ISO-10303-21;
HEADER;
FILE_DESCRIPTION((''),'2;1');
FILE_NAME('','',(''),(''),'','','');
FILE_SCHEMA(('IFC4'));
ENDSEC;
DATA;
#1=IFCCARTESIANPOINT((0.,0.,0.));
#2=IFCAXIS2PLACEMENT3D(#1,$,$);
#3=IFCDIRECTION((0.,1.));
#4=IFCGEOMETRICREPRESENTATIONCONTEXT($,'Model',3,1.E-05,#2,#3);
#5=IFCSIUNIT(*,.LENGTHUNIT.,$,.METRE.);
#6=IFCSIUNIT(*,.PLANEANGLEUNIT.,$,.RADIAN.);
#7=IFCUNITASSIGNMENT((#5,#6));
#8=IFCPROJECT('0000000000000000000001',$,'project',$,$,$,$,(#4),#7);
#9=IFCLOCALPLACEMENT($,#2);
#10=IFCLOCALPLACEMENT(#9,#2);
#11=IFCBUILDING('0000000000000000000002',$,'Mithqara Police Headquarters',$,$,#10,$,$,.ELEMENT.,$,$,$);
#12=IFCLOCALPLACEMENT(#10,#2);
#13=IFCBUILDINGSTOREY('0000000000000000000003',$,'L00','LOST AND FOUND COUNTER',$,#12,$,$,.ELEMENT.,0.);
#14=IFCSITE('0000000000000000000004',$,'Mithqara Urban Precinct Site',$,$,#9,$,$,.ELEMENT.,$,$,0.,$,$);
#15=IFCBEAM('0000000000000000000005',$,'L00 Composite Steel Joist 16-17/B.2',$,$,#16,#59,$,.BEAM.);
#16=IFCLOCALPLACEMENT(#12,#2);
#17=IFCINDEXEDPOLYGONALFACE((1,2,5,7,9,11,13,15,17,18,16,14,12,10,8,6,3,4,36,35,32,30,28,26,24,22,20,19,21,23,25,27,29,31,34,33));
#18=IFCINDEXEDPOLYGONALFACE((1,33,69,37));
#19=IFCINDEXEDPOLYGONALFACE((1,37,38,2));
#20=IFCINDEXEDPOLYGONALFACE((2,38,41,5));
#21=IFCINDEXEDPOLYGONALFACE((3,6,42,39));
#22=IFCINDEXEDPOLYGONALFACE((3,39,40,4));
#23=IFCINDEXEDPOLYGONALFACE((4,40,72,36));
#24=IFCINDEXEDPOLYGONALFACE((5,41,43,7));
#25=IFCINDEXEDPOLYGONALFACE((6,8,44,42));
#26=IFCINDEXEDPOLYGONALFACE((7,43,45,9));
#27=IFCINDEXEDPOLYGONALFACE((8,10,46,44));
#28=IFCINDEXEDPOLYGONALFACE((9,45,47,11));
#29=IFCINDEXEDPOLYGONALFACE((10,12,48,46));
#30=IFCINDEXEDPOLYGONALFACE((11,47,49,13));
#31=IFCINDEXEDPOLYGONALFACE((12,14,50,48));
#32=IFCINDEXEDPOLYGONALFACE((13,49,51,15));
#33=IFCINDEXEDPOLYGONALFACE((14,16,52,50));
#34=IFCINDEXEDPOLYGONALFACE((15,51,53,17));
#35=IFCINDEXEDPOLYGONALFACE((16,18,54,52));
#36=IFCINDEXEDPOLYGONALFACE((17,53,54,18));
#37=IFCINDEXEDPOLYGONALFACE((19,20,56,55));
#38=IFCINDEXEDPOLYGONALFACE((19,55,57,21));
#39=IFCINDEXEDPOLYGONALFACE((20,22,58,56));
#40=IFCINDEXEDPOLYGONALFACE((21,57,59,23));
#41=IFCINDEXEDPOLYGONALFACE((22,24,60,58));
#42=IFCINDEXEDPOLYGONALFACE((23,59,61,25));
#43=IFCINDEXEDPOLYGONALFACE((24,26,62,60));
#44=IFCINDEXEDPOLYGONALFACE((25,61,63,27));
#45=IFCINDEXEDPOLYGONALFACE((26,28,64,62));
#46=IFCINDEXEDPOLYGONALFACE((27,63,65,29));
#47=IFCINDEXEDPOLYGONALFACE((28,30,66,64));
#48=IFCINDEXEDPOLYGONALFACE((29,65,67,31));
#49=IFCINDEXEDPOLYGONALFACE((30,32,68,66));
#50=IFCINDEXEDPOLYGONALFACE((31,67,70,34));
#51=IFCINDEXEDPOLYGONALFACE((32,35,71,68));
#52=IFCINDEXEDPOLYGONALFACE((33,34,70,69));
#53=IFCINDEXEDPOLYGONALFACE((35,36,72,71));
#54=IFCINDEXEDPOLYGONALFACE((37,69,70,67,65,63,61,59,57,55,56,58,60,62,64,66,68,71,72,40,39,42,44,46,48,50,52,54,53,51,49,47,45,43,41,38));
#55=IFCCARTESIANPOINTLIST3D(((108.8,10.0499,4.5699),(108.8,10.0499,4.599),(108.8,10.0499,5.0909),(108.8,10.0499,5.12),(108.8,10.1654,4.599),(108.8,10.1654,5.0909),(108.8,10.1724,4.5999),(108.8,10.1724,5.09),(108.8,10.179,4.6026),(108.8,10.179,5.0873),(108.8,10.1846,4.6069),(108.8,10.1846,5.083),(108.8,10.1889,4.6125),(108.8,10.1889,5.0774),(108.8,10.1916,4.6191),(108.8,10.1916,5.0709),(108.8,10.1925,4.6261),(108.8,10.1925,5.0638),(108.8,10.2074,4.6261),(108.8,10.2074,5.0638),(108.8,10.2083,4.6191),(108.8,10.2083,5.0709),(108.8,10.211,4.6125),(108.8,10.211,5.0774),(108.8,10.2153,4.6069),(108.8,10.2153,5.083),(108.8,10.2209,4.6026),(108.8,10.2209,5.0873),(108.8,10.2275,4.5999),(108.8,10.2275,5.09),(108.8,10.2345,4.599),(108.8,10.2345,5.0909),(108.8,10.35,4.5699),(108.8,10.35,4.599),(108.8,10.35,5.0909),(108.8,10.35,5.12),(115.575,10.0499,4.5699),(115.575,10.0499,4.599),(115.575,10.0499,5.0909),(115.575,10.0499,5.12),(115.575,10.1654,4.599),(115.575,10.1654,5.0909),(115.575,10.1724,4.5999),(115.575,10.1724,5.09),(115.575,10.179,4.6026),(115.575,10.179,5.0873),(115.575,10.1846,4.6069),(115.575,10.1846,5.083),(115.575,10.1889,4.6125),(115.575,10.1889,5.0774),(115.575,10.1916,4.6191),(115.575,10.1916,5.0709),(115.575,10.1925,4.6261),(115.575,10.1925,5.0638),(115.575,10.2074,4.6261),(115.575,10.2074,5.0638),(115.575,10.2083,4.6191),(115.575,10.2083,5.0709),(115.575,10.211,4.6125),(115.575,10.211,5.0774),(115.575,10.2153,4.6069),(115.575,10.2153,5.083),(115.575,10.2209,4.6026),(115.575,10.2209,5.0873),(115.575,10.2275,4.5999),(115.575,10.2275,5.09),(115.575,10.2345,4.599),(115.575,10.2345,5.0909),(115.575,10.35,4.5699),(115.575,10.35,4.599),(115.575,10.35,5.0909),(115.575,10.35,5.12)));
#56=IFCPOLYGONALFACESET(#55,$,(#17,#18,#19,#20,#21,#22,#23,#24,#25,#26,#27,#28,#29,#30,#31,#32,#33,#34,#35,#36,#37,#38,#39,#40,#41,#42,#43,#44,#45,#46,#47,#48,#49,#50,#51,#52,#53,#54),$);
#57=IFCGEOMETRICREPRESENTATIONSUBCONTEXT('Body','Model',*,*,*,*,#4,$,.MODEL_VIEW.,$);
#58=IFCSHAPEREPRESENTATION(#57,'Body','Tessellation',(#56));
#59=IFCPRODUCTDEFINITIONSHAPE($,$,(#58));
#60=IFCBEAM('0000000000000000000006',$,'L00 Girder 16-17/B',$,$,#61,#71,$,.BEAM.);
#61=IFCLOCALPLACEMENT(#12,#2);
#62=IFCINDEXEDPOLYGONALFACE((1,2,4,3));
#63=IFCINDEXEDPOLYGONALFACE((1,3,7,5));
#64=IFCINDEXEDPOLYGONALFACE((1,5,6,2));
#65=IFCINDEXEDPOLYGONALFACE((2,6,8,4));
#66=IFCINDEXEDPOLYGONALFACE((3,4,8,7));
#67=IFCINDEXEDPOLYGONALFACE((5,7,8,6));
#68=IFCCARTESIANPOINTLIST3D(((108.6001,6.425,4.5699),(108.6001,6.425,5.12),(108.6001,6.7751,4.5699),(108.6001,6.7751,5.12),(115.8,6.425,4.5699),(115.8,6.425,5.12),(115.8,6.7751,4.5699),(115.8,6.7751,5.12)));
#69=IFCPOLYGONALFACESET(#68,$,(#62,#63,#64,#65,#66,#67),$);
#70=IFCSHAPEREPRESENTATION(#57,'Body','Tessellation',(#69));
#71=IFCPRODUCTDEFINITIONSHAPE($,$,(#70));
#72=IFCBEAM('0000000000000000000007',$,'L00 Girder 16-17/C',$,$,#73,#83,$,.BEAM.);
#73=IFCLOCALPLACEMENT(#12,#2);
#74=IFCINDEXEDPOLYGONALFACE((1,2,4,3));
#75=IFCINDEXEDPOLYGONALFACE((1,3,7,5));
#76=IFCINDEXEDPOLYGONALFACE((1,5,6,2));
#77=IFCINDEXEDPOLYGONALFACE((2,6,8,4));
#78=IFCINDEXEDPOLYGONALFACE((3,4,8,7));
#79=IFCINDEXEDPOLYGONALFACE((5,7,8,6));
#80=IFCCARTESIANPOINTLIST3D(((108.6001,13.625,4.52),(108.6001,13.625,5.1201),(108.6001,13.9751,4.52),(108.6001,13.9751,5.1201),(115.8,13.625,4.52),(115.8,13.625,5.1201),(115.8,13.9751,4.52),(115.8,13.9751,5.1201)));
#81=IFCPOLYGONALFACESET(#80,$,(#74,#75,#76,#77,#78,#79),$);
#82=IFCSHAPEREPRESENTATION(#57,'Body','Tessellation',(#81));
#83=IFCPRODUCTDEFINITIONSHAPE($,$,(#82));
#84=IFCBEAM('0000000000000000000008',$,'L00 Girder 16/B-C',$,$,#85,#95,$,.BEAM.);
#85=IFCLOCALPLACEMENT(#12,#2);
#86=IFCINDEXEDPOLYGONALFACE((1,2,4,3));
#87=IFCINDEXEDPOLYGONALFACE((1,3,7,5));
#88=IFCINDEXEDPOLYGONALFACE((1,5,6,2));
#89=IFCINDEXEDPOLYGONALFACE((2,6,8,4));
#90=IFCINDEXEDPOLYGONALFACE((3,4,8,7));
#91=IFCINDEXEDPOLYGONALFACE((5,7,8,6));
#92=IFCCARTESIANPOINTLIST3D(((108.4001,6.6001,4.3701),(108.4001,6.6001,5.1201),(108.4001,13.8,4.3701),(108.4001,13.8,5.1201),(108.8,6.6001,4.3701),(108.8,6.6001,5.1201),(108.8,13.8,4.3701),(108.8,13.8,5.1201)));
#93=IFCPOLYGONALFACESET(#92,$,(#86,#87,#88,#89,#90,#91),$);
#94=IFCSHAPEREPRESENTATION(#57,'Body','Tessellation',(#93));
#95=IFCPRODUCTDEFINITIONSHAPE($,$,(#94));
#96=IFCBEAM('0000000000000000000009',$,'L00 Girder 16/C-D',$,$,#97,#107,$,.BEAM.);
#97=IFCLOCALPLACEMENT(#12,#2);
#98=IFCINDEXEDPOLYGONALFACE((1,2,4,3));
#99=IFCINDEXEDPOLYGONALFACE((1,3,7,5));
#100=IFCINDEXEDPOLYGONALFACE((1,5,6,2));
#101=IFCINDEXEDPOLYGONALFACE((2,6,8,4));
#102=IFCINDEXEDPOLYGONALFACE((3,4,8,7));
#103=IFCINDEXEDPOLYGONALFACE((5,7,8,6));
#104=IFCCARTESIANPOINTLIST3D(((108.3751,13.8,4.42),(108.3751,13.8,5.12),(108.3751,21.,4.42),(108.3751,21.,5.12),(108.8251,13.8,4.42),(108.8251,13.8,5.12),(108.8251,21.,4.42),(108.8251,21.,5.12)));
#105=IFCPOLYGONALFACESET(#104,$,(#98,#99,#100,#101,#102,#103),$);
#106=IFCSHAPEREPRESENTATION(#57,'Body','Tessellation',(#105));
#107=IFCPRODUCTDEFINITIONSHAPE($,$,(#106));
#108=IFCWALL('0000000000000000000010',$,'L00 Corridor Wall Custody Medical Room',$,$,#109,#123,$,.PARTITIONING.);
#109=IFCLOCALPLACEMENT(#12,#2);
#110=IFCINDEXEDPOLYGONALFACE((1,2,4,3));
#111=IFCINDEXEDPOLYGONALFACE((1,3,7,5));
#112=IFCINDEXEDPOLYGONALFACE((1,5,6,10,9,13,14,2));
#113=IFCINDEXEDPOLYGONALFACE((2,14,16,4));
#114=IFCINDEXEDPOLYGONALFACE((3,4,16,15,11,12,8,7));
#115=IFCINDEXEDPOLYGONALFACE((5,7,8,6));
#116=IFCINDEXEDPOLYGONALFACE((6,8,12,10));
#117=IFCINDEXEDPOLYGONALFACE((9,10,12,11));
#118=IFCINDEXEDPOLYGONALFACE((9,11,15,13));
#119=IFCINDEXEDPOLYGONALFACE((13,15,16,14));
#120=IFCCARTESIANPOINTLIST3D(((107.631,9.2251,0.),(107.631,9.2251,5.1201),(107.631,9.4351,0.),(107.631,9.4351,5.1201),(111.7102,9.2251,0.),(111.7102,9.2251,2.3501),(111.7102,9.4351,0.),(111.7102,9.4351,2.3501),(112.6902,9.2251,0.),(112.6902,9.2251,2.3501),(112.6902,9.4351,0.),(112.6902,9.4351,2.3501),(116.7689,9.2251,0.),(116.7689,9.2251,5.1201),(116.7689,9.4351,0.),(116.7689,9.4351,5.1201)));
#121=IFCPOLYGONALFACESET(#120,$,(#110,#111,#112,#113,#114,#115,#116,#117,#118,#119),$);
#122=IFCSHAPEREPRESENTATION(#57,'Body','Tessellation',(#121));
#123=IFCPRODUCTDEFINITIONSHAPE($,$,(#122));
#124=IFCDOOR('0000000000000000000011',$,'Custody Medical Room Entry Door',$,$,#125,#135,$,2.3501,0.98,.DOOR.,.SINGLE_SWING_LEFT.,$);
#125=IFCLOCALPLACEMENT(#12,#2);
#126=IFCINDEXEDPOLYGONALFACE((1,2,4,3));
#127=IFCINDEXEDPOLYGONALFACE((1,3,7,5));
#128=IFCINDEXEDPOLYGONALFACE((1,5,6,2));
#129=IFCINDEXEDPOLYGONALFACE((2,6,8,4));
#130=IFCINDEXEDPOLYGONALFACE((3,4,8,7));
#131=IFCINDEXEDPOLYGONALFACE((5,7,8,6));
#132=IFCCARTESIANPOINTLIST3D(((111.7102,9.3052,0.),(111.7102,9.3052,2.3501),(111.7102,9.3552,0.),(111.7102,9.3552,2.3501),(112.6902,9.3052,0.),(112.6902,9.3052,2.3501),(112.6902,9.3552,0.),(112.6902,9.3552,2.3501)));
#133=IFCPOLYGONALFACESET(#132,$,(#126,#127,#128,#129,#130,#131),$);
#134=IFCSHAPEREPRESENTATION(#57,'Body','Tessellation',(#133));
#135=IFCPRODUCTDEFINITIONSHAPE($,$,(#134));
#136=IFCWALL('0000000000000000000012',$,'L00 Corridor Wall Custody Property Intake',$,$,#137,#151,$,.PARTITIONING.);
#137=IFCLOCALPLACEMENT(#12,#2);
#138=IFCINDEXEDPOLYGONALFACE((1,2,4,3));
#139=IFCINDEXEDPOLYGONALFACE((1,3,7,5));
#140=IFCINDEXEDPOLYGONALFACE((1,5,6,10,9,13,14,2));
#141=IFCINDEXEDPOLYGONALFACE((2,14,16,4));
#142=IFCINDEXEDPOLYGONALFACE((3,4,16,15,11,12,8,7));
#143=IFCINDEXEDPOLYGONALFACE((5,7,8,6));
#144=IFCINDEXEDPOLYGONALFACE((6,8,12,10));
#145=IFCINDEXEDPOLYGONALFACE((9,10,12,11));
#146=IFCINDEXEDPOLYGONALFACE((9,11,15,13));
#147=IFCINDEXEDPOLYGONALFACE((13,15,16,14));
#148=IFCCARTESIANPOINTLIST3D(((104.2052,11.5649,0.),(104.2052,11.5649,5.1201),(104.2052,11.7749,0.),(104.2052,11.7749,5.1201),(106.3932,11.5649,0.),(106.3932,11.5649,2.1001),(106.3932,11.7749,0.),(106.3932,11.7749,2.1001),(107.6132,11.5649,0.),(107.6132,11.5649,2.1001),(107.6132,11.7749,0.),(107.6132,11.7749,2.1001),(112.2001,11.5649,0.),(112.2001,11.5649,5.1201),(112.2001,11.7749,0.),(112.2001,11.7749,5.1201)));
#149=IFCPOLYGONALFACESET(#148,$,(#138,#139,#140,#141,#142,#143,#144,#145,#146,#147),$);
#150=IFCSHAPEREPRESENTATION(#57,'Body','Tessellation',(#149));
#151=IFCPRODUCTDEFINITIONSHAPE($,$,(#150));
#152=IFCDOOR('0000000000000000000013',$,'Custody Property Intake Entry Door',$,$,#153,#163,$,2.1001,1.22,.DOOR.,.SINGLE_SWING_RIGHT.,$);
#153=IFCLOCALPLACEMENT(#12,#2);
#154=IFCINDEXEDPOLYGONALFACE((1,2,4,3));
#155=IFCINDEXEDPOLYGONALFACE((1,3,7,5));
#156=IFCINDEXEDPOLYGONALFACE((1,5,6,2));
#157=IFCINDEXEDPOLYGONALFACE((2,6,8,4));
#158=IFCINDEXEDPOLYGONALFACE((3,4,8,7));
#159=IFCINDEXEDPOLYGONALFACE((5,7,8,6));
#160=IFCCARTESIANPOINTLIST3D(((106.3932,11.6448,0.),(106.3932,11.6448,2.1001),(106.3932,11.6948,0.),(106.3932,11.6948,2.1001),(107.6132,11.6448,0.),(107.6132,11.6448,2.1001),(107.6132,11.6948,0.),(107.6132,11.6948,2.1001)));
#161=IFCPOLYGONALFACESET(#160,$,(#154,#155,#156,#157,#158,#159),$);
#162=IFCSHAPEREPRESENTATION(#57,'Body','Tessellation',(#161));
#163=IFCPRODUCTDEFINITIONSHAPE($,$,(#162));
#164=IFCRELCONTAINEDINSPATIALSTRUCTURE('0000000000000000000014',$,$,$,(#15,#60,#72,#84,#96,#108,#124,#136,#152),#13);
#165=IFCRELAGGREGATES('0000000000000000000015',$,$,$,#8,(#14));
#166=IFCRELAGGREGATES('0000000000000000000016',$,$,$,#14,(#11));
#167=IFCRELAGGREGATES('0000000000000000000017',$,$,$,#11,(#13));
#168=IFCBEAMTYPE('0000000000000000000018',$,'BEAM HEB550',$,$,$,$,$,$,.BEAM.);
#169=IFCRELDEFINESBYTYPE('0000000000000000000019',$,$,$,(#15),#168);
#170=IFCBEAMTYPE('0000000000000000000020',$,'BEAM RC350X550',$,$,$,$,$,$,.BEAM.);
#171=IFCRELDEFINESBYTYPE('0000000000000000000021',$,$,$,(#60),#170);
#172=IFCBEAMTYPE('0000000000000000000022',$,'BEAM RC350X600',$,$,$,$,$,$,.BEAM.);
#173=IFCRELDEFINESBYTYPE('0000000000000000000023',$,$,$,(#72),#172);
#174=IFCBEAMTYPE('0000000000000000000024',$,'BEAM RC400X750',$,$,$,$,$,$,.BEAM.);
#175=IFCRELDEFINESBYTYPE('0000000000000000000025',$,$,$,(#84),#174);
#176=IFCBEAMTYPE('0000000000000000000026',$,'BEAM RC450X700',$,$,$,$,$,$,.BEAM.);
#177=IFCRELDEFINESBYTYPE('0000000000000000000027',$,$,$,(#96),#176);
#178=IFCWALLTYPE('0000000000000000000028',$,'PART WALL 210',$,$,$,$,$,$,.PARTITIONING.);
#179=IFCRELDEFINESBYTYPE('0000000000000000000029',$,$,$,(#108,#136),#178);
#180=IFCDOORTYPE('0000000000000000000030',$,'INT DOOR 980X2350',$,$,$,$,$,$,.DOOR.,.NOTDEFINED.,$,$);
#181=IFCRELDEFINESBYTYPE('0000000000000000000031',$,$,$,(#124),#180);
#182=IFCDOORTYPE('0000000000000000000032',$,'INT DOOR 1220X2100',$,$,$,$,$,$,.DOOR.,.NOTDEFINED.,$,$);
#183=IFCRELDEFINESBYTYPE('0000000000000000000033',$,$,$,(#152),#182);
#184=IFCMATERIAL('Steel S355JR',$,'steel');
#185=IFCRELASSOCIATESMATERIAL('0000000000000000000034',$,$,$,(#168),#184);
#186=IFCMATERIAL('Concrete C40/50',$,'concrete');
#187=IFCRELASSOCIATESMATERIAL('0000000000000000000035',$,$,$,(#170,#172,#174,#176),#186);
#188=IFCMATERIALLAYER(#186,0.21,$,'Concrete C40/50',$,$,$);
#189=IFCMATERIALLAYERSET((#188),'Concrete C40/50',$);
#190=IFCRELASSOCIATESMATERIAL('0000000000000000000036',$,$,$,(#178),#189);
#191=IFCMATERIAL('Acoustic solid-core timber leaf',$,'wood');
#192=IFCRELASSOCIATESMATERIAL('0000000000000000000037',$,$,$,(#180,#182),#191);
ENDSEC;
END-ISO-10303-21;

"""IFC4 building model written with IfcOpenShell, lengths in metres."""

from ifc_helpers import new_model, si_unit, direction, frame, frame_2d, origin, origin_2d, place, context, subcontext, project, spatial, rectangle, i_section, extrude, material, layer, layer_set, material_profile, profile_set, type_object, element, fill, save


model = new_model("IFC4")

# Units and contexts
model_context = context("Model", 3, precision=1e-05, world=origin(), true_north=direction((0.0, 1.0)))
body_context = subcontext(model_context, "Body", "Model", "MODEL_VIEW")
ifc_project = project(units=[si_unit("LENGTHUNIT", "METRE"), si_unit("PLANEANGLEUNIT", "RADIAN")], contexts=[model_context])

# Site, building, storey
site_placement = place(None, origin())
site = spatial("IfcSite", under=ifc_project, at=site_placement, Name="Mithqara Urban Precinct Site", CompositionType="ELEMENT", RefElevation=0.0)
building_placement = place(site_placement, origin())
building = spatial("IfcBuilding", under=site, at=building_placement, Name="Mithqara Police Headquarters", CompositionType="ELEMENT")
storey_placement = place(building_placement, origin())
storey = spatial("IfcBuildingStorey", under=building, at=storey_placement, Name="L00", Description="LOST AND FOUND COUNTER", CompositionType="ELEMENT", Elevation=0.0)

# Shared definitions
ifc_material_1 = material(Name="Concrete C40/50", Category="concrete")

# Beams
ifc_material_2 = material(Name="Steel S355JR", Category="steel")
ifc_material_profile_1 = material_profile(ifc_material_2, i_section(OverallWidth=0.3, OverallDepth=0.55, WebThickness=0.0149, FlangeThickness=0.0291, FilletRadius=0.0271, at=origin_2d()), Name="HEB 550")
ifc_profile_set_1 = profile_set([ifc_material_profile_1], Name="Steel S355JR")
beam_type_1 = type_object("IfcBeamType", Name="BEAM HEB550", PredefinedType="BEAM", material=ifc_profile_set_1)
for number, where, z_axis, x_axis, name in (
    (1, (108.8, 10.2, 4.845), (1.0, 0.0, 0.0), (0.0, 1.0, 0.0), "L00 Composite Steel Joist 16-17/B.2"),
):
    element("IfcBeam", number, at=place(storey_placement, frame(where, z_axis=z_axis, x_axis=x_axis)), inside=storey, type_object=beam_type_1, Name=name, PredefinedType="BEAM", context=body_context, shape_type="SweptSolid", body=[
        extrude(i_section(OverallWidth=0.3, OverallDepth=0.55, WebThickness=0.0149, FlangeThickness=0.0291, FilletRadius=0.0271, at=origin_2d()), origin(), (0.0, 0.0, 1.0), 6.7749),
    ])
ifc_material_profile_2 = material_profile(ifc_material_1, rectangle(XDim=0.3501, YDim=0.55, at=origin_2d()), Name="RC 350x550")
ifc_profile_set_2 = profile_set([ifc_material_profile_2], Name="Concrete C40/50")
beam_type_2 = type_object("IfcBeamType", Name="BEAM RC350X550", PredefinedType="BEAM", material=ifc_profile_set_2)
beam_1_placement = place(storey_placement, frame((108.6001, 6.6001, 4.845), z_axis=(1.0, 0.0, 0.0), x_axis=(0.0, 1.0, 0.0)))
element("IfcBeam", 2, at=beam_1_placement, inside=storey, type_object=beam_type_2, Name="L00 Girder 16-17/B", PredefinedType="BEAM", context=body_context, shape_type="SweptSolid", body=[
    extrude(rectangle(XDim=0.3501, YDim=0.55, at=origin_2d()), origin(), (0.0, 0.0, 1.0), 7.2),
])
ifc_material_profile_3 = material_profile(ifc_material_1, rectangle(XDim=0.3501, YDim=0.6001, at=origin_2d()), Name="RC 350x600")
ifc_profile_set_3 = profile_set([ifc_material_profile_3], Name="Concrete C40/50")
beam_type_3 = type_object("IfcBeamType", Name="BEAM RC350X600", PredefinedType="BEAM", material=ifc_profile_set_3)
beam_2_placement = place(storey_placement, frame((108.6001, 13.8, 4.8201), z_axis=(1.0, 0.0, 0.0), x_axis=(0.0, 1.0, 0.0)))
element("IfcBeam", 3, at=beam_2_placement, inside=storey, type_object=beam_type_3, Name="L00 Girder 16-17/C", PredefinedType="BEAM", context=body_context, shape_type="SweptSolid", body=[
    extrude(rectangle(XDim=0.3501, YDim=0.6001, at=origin_2d()), origin(), (0.0, 0.0, 1.0), 7.2),
])
ifc_material_profile_4 = material_profile(ifc_material_1, rectangle(XDim=0.3999, YDim=0.75, at=origin_2d()), Name="RC 400x750")
ifc_profile_set_4 = profile_set([ifc_material_profile_4], Name="Concrete C40/50")
beam_type_4 = type_object("IfcBeamType", Name="BEAM RC400X750", PredefinedType="BEAM", material=ifc_profile_set_4)
beam_3_placement = place(storey_placement, frame((108.6001, 6.6001, 4.7451), z_axis=(0.0, 1.0, 0.0), x_axis=(-1.0, 0.0, 0.0)))
element("IfcBeam", 4, at=beam_3_placement, inside=storey, type_object=beam_type_4, Name="L00 Girder 16/B-C", PredefinedType="BEAM", context=body_context, shape_type="SweptSolid", body=[
    extrude(rectangle(XDim=0.3999, YDim=0.75, at=origin_2d()), origin(), (0.0, 0.0, 1.0), 7.2),
])
ifc_material_profile_5 = material_profile(ifc_material_1, rectangle(XDim=0.45, YDim=0.7, at=origin_2d()), Name="RC 450x700")
ifc_profile_set_5 = profile_set([ifc_material_profile_5], Name="Concrete C40/50")
beam_type_5 = type_object("IfcBeamType", Name="BEAM RC450X700", PredefinedType="BEAM", material=ifc_profile_set_5)
beam_4_placement = place(storey_placement, frame((108.6001, 13.8, 4.77), z_axis=(0.0, 1.0, 0.0), x_axis=(-1.0, 0.0, 0.0)))
element("IfcBeam", 5, at=beam_4_placement, inside=storey, type_object=beam_type_5, Name="L00 Girder 16/C-D", PredefinedType="BEAM", context=body_context, shape_type="SweptSolid", body=[
    extrude(rectangle(XDim=0.45, YDim=0.7, at=origin_2d()), origin(), (0.0, 0.0, 1.0), 7.2),
])

# Walls, openings, doors
ifc_layer_1 = layer(ifc_material_1, 0.21, Name="Concrete C40/50")
ifc_layer_set_1 = layer_set([ifc_layer_1], Name="Concrete C40/50")
wall_type_1 = type_object("IfcWallType", Name="PART WALL 210", PredefinedType="PARTITIONING", material=ifc_layer_set_1)
wall_1_placement = place(storey_placement, frame((107.6311, 9.3301, 0.0), z_axis=(0.0, 0.0, 1.0), x_axis=(1.0, 0.0, 0.0)))
wall_1 = element("IfcWall", 6, at=wall_1_placement, inside=storey, type_object=wall_type_1, Name="L00 Corridor Wall Custody Medical Room", PredefinedType="PARTITIONING", context=body_context, shape_type="SweptSolid", body=[
    extrude(rectangle(XDim=9.1379, YDim=0.21, at=frame_2d((4.5688, 0.0))), origin(), (0.0, 0.0, 1.0), 5.1201),
])
opening_1_placement = place(wall_1_placement, frame((4.0791, 0.0, 0.0)))
opening_1 = element("IfcOpeningElement", 7, at=opening_1_placement, cuts=wall_1, PredefinedType="OPENING", context=body_context, shape_type="SweptSolid", body=[
    extrude(rectangle(XDim=0.98, YDim=2.3501, at=frame_2d((0.49, 1.175))), frame((0.0, 0.115, 0.0), z_axis=(0.0, -1.0, 0.0), x_axis=(1.0, 0.0, 0.0)), (0.0, 0.0, 1.0), 0.23),
])
ifc_material_3 = material(Name="Acoustic solid-core timber leaf", Category="wood")
door_type_1 = type_object("IfcDoorType", Name="INT DOOR 980X2350", OperationType="NOTDEFINED", PredefinedType="DOOR", material=ifc_material_3)
door_1_placement = place(opening_1_placement, frame((0.98, 0.0, 0.0), z_axis=(0.0, 0.0, 1.0), x_axis=(-1.0, 0.0, 0.0)))
door_1 = element("IfcDoor", 8, at=door_1_placement, inside=storey, type_object=door_type_1, Name="Custody Medical Room Entry Door", OperationType="SINGLE_SWING_LEFT", OverallHeight=2.3501, OverallWidth=0.98, PredefinedType="DOOR", context=body_context, shape_type="SweptSolid", body=[
    extrude(rectangle(XDim=0.98, YDim=2.3501, at=frame_2d((0.49, 1.175))), frame((0.0, 0.0249, 0.0), z_axis=(0.0, -1.0, 0.0), x_axis=(1.0, 0.0, 0.0)), (0.0, 0.0, 1.0), 0.05),
])
fill(opening_1, door_1)
wall_2_placement = place(storey_placement, frame((104.2051, 11.6699, 0.0), z_axis=(0.0, 0.0, 1.0), x_axis=(1.0, 0.0, 0.0)))
wall_2 = element("IfcWall", 9, at=wall_2_placement, inside=storey, type_object=wall_type_1, Name="L00 Corridor Wall Custody Property Intake", PredefinedType="PARTITIONING", context=body_context, shape_type="SweptSolid", body=[
    extrude(rectangle(XDim=7.9949, YDim=0.21, at=frame_2d((3.9976, 0.0))), origin(), (0.0, 0.0, 1.0), 5.1201),
])
opening_2_placement = place(wall_2_placement, frame((2.1882, 0.0, 0.0)))
opening_2 = element("IfcOpeningElement", 10, at=opening_2_placement, cuts=wall_2, PredefinedType="OPENING", context=body_context, shape_type="SweptSolid", body=[
    extrude(rectangle(XDim=1.22, YDim=2.1001, at=frame_2d((0.6099, 1.05))), frame((0.0, 0.115, 0.0), z_axis=(0.0, -1.0, 0.0), x_axis=(1.0, 0.0, 0.0)), (0.0, 0.0, 1.0), 0.23),
])
door_type_2 = type_object("IfcDoorType", Name="INT DOOR 1220X2100", OperationType="NOTDEFINED", PredefinedType="DOOR", material=ifc_material_3)
door_2_placement = place(opening_2_placement, origin())
door_2 = element("IfcDoor", 11, at=door_2_placement, inside=storey, type_object=door_type_2, Name="Custody Property Intake Entry Door", OperationType="SINGLE_SWING_RIGHT", OverallHeight=2.1001, OverallWidth=1.22, PredefinedType="DOOR", context=body_context, shape_type="SweptSolid", body=[
    extrude(rectangle(XDim=1.22, YDim=2.1001, at=frame_2d((0.6099, 1.05))), frame((0.0, 0.0249, 0.0), z_axis=(0.0, -1.0, 0.0), x_axis=(1.0, 0.0, 0.0)), (0.0, 0.0, 1.0), 0.05),
])
fill(opening_2, door_2)

save(model, "model.ifc")
